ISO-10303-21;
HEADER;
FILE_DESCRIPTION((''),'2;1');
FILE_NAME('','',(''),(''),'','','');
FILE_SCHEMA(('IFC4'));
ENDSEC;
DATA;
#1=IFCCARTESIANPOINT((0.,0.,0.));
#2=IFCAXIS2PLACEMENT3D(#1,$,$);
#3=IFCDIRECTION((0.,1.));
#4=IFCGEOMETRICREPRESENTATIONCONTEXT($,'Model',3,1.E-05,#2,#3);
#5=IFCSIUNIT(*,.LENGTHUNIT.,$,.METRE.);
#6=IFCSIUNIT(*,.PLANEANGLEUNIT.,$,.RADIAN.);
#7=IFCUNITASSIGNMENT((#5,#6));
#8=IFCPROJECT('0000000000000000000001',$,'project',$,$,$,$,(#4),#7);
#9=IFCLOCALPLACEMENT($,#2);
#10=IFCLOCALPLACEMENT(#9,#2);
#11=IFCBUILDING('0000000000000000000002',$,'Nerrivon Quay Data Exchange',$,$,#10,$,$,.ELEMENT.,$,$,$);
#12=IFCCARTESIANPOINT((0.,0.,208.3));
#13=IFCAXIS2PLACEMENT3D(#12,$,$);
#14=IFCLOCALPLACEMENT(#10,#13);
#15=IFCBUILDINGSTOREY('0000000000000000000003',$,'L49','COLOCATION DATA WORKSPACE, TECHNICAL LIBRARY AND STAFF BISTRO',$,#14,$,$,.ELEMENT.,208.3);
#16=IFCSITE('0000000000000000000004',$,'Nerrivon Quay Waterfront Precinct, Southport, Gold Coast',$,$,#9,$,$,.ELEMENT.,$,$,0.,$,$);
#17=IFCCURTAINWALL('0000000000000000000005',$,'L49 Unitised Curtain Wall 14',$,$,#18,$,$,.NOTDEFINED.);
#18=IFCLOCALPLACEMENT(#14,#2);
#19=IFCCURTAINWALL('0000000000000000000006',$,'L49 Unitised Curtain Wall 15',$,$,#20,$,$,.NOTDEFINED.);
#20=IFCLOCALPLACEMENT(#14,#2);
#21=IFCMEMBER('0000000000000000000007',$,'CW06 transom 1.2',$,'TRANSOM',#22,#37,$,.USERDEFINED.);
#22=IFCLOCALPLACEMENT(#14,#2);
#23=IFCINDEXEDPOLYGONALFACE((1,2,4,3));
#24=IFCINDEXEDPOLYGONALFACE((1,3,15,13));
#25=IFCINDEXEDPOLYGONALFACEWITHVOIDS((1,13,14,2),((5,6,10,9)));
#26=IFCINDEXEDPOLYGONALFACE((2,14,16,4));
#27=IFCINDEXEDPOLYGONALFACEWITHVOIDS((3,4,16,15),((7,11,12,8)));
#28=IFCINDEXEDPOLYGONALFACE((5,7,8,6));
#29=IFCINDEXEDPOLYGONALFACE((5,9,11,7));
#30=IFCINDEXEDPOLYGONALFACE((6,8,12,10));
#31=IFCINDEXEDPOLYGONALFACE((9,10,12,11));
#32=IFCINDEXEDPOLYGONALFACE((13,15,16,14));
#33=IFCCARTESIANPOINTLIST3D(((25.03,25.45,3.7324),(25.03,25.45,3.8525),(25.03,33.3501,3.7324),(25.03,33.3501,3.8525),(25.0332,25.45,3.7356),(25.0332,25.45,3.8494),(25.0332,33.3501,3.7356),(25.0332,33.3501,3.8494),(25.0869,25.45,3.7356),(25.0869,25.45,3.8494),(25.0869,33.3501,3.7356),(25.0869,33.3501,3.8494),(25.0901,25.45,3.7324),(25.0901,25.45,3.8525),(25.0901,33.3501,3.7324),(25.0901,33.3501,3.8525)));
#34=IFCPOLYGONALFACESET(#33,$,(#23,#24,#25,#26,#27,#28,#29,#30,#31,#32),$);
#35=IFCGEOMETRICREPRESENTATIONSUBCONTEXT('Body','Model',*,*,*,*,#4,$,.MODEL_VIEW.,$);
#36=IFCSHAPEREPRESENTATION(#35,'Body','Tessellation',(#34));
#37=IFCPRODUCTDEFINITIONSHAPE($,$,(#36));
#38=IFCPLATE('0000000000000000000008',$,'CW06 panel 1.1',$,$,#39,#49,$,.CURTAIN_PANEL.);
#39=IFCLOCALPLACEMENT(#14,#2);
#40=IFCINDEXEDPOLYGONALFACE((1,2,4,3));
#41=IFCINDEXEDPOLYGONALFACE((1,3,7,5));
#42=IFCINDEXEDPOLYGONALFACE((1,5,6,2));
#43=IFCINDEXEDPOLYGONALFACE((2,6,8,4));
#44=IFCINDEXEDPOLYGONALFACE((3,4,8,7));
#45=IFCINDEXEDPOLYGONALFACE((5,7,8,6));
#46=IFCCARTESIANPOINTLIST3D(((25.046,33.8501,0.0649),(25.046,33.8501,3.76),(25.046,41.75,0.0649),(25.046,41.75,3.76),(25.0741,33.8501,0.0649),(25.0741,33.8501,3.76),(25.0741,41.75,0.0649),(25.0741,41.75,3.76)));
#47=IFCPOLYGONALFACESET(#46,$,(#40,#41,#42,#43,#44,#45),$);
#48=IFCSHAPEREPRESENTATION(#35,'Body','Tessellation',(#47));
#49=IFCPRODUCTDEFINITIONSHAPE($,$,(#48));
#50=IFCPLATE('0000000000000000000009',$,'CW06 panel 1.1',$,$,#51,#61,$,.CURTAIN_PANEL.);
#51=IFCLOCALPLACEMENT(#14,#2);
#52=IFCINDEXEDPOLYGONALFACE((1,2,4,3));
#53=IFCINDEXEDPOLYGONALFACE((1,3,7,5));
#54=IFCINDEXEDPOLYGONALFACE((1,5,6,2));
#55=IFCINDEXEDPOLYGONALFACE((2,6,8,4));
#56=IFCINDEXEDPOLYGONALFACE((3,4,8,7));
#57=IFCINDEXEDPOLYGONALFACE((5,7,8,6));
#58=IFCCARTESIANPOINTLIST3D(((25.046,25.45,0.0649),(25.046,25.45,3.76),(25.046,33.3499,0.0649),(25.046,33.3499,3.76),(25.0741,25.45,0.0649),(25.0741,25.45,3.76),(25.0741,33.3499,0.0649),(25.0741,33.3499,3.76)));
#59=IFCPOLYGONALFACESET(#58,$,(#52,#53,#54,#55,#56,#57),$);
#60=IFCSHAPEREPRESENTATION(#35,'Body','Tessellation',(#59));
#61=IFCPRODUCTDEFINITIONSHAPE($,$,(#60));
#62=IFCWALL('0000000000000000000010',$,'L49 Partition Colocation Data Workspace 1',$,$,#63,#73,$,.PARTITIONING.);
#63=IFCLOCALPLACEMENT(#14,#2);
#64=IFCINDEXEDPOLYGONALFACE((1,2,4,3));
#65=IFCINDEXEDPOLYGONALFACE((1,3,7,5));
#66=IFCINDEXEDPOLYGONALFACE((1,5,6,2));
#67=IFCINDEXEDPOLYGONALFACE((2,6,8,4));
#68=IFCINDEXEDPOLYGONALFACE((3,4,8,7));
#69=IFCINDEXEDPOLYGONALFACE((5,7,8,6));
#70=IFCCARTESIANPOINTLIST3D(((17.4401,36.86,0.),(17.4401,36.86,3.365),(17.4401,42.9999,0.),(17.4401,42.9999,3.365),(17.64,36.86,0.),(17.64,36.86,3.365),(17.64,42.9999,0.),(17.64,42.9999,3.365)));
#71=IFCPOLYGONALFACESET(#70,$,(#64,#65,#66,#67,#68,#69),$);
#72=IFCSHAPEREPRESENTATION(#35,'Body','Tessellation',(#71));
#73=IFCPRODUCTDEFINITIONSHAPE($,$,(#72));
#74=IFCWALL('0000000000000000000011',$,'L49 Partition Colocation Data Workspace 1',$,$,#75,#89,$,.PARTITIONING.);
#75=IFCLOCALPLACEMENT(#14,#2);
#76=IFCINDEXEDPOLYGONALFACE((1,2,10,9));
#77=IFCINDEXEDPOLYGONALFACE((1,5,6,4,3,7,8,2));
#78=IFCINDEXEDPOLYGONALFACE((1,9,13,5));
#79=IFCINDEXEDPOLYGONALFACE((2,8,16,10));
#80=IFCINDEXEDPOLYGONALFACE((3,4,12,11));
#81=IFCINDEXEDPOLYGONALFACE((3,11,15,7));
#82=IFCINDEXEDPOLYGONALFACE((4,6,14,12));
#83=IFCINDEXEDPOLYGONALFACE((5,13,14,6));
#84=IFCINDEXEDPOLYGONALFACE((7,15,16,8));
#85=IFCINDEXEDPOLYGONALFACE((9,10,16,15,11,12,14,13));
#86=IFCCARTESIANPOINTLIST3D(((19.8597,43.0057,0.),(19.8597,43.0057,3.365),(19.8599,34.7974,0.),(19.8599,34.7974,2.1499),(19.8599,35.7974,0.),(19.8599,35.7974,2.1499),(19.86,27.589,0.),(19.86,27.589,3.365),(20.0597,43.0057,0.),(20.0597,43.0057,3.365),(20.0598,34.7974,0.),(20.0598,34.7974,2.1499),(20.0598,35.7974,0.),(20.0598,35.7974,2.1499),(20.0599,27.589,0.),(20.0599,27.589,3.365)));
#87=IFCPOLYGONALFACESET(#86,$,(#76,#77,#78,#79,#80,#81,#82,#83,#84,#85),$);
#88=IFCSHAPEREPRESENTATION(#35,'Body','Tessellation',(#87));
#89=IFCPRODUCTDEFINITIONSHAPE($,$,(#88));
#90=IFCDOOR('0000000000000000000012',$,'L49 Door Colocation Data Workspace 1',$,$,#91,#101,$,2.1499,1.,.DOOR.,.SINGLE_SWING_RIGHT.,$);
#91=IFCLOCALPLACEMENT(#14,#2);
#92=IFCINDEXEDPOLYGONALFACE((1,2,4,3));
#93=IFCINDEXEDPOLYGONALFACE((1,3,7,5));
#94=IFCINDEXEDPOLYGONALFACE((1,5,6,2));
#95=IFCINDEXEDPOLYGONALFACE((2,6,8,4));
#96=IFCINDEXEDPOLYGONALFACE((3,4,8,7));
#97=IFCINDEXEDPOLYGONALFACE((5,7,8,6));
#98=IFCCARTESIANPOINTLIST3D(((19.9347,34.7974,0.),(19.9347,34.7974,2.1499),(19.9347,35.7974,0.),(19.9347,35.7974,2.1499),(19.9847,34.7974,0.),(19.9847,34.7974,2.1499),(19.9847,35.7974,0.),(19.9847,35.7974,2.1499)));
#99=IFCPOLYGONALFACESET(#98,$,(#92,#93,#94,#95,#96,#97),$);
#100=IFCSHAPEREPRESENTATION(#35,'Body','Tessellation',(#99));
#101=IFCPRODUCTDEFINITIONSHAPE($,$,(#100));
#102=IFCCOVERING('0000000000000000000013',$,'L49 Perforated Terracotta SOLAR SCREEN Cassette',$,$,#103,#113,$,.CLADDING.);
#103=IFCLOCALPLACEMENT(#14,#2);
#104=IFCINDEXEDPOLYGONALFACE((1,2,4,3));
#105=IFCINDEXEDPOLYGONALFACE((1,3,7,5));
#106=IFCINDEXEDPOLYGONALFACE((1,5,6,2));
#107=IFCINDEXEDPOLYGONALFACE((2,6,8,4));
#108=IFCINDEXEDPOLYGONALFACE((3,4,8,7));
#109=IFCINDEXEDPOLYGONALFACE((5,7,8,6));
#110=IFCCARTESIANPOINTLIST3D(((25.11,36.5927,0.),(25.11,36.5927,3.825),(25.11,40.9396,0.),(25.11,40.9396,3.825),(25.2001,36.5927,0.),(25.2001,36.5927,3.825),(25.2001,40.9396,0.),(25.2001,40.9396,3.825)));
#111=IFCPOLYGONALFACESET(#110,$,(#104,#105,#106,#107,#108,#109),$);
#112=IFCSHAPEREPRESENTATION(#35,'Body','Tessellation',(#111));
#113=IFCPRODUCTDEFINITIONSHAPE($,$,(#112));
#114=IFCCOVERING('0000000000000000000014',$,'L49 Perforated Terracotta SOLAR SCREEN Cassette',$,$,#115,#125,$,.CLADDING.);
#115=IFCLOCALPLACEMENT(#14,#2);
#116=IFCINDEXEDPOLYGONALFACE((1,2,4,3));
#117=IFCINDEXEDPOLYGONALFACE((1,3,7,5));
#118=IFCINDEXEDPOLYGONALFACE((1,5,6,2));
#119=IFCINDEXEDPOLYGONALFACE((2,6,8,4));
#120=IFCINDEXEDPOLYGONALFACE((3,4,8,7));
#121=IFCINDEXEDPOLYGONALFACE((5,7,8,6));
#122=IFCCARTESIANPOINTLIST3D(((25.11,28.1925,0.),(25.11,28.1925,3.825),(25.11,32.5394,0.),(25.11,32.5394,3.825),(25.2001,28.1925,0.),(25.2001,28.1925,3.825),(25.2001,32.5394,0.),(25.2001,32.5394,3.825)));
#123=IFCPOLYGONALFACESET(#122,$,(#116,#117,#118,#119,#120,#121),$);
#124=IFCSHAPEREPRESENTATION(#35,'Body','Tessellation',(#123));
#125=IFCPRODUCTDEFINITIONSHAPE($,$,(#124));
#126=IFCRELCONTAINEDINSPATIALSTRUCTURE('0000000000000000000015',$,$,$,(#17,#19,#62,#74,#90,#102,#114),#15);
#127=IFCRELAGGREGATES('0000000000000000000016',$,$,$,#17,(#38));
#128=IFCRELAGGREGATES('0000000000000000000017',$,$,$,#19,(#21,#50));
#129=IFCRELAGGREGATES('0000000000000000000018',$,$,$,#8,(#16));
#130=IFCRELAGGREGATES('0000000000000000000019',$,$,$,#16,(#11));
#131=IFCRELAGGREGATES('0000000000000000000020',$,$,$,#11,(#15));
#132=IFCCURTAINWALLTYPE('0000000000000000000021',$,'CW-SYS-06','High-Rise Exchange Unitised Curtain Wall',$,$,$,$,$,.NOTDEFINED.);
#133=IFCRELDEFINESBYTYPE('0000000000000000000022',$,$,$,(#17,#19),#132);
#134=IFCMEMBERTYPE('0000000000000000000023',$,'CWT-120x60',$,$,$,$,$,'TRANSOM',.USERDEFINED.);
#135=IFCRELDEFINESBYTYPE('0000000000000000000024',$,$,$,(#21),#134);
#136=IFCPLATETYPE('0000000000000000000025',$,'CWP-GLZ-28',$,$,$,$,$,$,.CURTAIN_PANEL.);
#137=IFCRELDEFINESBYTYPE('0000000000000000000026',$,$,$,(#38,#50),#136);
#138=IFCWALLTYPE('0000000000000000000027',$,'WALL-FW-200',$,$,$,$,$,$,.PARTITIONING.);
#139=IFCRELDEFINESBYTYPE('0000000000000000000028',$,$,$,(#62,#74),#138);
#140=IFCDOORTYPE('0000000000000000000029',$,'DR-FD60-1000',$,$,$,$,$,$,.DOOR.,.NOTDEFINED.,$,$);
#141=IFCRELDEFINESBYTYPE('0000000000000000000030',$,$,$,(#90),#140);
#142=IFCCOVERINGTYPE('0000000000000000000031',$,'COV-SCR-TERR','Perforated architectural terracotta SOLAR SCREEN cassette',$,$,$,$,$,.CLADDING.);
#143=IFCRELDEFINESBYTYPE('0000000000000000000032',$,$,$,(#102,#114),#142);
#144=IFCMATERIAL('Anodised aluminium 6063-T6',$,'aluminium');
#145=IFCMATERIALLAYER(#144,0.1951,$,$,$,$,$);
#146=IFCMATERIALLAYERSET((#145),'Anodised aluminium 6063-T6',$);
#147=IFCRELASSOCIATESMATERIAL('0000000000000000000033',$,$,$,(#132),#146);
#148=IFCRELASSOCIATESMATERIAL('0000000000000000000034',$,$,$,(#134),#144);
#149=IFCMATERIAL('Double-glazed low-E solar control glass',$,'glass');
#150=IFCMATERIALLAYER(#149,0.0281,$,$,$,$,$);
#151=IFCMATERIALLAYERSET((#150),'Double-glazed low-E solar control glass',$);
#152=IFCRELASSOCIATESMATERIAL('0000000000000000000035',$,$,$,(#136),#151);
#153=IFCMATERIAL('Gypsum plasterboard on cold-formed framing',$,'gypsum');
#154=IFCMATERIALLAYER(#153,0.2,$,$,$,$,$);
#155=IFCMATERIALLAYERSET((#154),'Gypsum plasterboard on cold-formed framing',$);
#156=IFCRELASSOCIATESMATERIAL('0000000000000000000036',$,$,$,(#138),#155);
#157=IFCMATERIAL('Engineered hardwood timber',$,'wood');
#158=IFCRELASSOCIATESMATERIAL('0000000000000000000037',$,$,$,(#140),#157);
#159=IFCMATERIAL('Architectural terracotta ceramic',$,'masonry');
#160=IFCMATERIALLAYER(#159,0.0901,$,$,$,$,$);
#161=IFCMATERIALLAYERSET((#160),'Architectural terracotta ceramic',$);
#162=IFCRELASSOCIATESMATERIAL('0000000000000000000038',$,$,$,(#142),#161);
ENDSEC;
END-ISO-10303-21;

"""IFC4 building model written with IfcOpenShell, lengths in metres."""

from ifc_helpers import new_model, si_unit, direction, frame, frame_2d, origin, origin_2d, place, context, subcontext, project, spatial, rectangle, hollow_rectangle, extrude, material, layer, layer_set, material_profile, profile_set, type_object, element, fill, aggregate, save


model = new_model("IFC4")

# Units and contexts
model_context = context("Model", 3, precision=1e-05, world=origin(), true_north=direction((0.0, 1.0)))
body_context = subcontext(model_context, "Body", "Model", "MODEL_VIEW")
ifc_project = project(units=[si_unit("LENGTHUNIT", "METRE"), si_unit("PLANEANGLEUNIT", "RADIAN")], contexts=[model_context])

# Site, building, storey
site_placement = place(None, origin())
site = spatial("IfcSite", under=ifc_project, at=site_placement, Name="Nerrivon Quay Waterfront Precinct, Southport, Gold Coast", CompositionType="ELEMENT", RefElevation=0.0)
building_placement = place(site_placement, origin())
building = spatial("IfcBuilding", under=site, at=building_placement, Name="Nerrivon Quay Data Exchange", CompositionType="ELEMENT")
storey_placement = place(building_placement, frame((0.0, 0.0, 208.3)))
storey = spatial("IfcBuildingStorey", under=building, at=storey_placement, Name="L49", Description="COLOCATION DATA WORKSPACE, TECHNICAL LIBRARY AND STAFF BISTRO", CompositionType="ELEMENT", Elevation=208.3)

# Shared definitions
ifc_material_1 = material(Name="Anodised aluminium 6063-T6", Category="aluminium")
ifc_layer_1 = layer(ifc_material_1, 0.1951)
ifc_layer_set_1 = layer_set([ifc_layer_1], Name="Anodised aluminium 6063-T6")
curtain_wall_type = type_object("IfcCurtainWallType", Name="CW-SYS-06", Description="High-Rise Exchange Unitised Curtain Wall", PredefinedType="NOTDEFINED", material=ifc_layer_set_1)

# Curtain wall
curtain_wall_1_placement = place(storey_placement, origin())
curtain_wall_1 = element("IfcCurtainWall", 1, at=curtain_wall_1_placement, inside=storey, type_object=curtain_wall_type, Name="L49 Unitised Curtain Wall 14", PredefinedType="NOTDEFINED")

# Curtain wall
curtain_wall_2_placement = place(storey_placement, origin())
curtain_wall_2 = element("IfcCurtainWall", 2, at=curtain_wall_2_placement, inside=storey, type_object=curtain_wall_type, Name="L49 Unitised Curtain Wall 15", PredefinedType="NOTDEFINED")

# Member
ifc_material_profile_1 = material_profile(ifc_material_1, hollow_rectangle(XDim=0.0601, YDim=0.1201, WallThickness=0.0032, at=origin_2d()), Name="ALU-TRAN-120x60")
ifc_profile_set_1 = profile_set([ifc_material_profile_1], Name="Anodised aluminium 6063-T6")
member_type_1 = type_object("IfcMemberType", Name="CWT-120x60", ElementType="TRANSOM", PredefinedType="USERDEFINED", material=ifc_profile_set_1)
member_1_placement = place(storey_placement, frame((25.0601, 33.3501, 3.7925), z_axis=(0.0, -1.0, 0.0), x_axis=(1.0, 0.0, 0.0)))
member_1 = element("IfcMember", 3, at=member_1_placement, type_object=member_type_1, Name="CW06 transom 1.2", ObjectType="TRANSOM", PredefinedType="USERDEFINED", context=body_context, shape_type="SweptSolid", body=[
    extrude(hollow_rectangle(XDim=0.0601, YDim=0.1201, WallThickness=0.0032, at=origin_2d()), origin(), (0.0, 0.0, 1.0), 7.9001),
])

# Plates
ifc_material_2 = material(Name="Double-glazed low-E solar control glass", Category="glass")
ifc_layer_2 = layer(ifc_material_2, 0.0281)
ifc_layer_set_2 = layer_set([ifc_layer_2], Name="Double-glazed low-E solar control glass")
plate_type = type_object("IfcPlateType", Name="CWP-GLZ-28", PredefinedType="CURTAIN_PANEL", material=ifc_layer_set_2)
plate_1_placement = place(storey_placement, frame((25.0601, 37.8, 0.0649), z_axis=(0.0, 0.0, 1.0), x_axis=(0.0, -1.0, 0.0)))
plate_1 = element("IfcPlate", 4, at=plate_1_placement, type_object=plate_type, Name="CW06 panel 1.1", PredefinedType="CURTAIN_PANEL", context=body_context, shape_type="SweptSolid", body=[
    extrude(rectangle(XDim=7.8999, YDim=0.0281, at=origin_2d()), origin(), (0.0, 0.0, 1.0), 3.6951),
])
aggregate(curtain_wall_1, [plate_1])
plate_2_placement = place(storey_placement, frame((25.0601, 29.3999, 0.0649), z_axis=(0.0, 0.0, 1.0), x_axis=(0.0, -1.0, 0.0)))
plate_2 = element("IfcPlate", 5, at=plate_2_placement, type_object=plate_type, Name="CW06 panel 1.1", PredefinedType="CURTAIN_PANEL", context=body_context, shape_type="SweptSolid", body=[
    extrude(rectangle(XDim=7.8999, YDim=0.0281, at=origin_2d()), origin(), (0.0, 0.0, 1.0), 3.6951),
])
aggregate(curtain_wall_2, [member_1, plate_2])

# Wall
ifc_material_3 = material(Name="Gypsum plasterboard on cold-formed framing", Category="gypsum")
ifc_layer_3 = layer(ifc_material_3, 0.2)
ifc_layer_set_3 = layer_set([ifc_layer_3], Name="Gypsum plasterboard on cold-formed framing")
wall_type_1 = type_object("IfcWallType", Name="WALL-FW-200", PredefinedType="PARTITIONING", material=ifc_layer_set_3)
wall_1_placement = place(storey_placement, frame((17.54, 36.8601, 0.0), z_axis=(0.0, 0.0, 1.0), x_axis=(0.0, 1.0, 0.0)))
element("IfcWall", 6, at=wall_1_placement, inside=storey, type_object=wall_type_1, Name="L49 Partition Colocation Data Workspace 1", PredefinedType="PARTITIONING", context=body_context, shape_type="SweptSolid", body=[
    extrude(rectangle(XDim=6.1399, YDim=0.2, at=frame_2d((3.0698, 0.0))), origin(), (0.0, 0.0, 1.0), 3.365),
])

# Wall, opening, door
wall_2_placement = place(storey_placement, frame((19.9597, 43.0059, 0.0), z_axis=(0.0, 0.0, 1.0), x_axis=(0.000016, -1.0, 0.0)))
wall_2 = element("IfcWall", 7, at=wall_2_placement, inside=storey, type_object=wall_type_1, Name="L49 Partition Colocation Data Workspace 1", PredefinedType="PARTITIONING", context=body_context, shape_type="SweptSolid", body=[
    extrude(rectangle(XDim=15.4167, YDim=0.2, at=frame_2d((7.7085, 0.0))), origin(), (0.0, 0.0, 1.0), 3.365),
])
opening_1_placement = place(wall_2_placement, frame((7.2085, 0.0, 0.0)))
opening_1 = element("IfcOpeningElement", 8, at=opening_1_placement, cuts=wall_2, PredefinedType="OPENING", context=body_context, shape_type="SweptSolid", body=[
    extrude(rectangle(XDim=1.0, YDim=2.1499, at=frame_2d((0.5, 1.075))), frame((0.0, 0.1099, 0.0), z_axis=(0.0, -1.0, 0.0), x_axis=(1.0, 0.0, 0.0)), (0.0, 0.0, 1.0), 0.22),
])
ifc_material_4 = material(Name="Engineered hardwood timber", Category="wood")
door_type_1 = type_object("IfcDoorType", Name="DR-FD60-1000", OperationType="NOTDEFINED", PredefinedType="DOOR", material=ifc_material_4)
door_1_placement = place(opening_1_placement, origin())
door_1 = element("IfcDoor", 9, at=door_1_placement, inside=storey, type_object=door_type_1, Name="L49 Door Colocation Data Workspace 1", OperationType="SINGLE_SWING_RIGHT", OverallHeight=2.1499, OverallWidth=1.0, PredefinedType="DOOR", context=body_context, shape_type="SweptSolid", body=[
    extrude(rectangle(XDim=1.0, YDim=2.1499, at=frame_2d((0.5, 1.075))), frame((0.0, 0.0249, 0.0), z_axis=(0.0, -1.0, 0.0), x_axis=(1.0, 0.0, 0.0)), (0.0, 0.0, 1.0), 0.05),
])
fill(opening_1, door_1)

# Coverings
ifc_material_5 = material(Name="Architectural terracotta ceramic", Category="masonry")
ifc_layer_4 = layer(ifc_material_5, 0.0901)
ifc_layer_set_4 = layer_set([ifc_layer_4], Name="Architectural terracotta ceramic")
covering_type = type_object("IfcCoveringType", Name="COV-SCR-TERR", Description="Perforated architectural terracotta SOLAR SCREEN cassette", PredefinedType="CLADDING", material=ifc_layer_set_4)
for number, where, z_axis, x_axis, name in (
    (10, (25.155, 38.7661, 0.0), (0.0, 0.0, 1.0), (0.0, -1.0, 0.0), "L49 Perforated Terracotta SOLAR SCREEN Cassette"),
    (11, (25.155, 30.366, 0.0), (0.0, 0.0, 1.0), (0.0, -1.0, 0.0), "L49 Perforated Terracotta SOLAR SCREEN Cassette"),
):
    element("IfcCovering", number, at=place(storey_placement, frame(where, z_axis=z_axis, x_axis=x_axis)), inside=storey, type_object=covering_type, Name=name, PredefinedType="CLADDING", context=body_context, shape_type="SweptSolid", body=[
        extrude(rectangle(XDim=4.3469, YDim=0.0901, at=origin_2d()), origin(), (0.0, 0.0, 1.0), 3.825),
    ])

save(model, "model.ifc")
